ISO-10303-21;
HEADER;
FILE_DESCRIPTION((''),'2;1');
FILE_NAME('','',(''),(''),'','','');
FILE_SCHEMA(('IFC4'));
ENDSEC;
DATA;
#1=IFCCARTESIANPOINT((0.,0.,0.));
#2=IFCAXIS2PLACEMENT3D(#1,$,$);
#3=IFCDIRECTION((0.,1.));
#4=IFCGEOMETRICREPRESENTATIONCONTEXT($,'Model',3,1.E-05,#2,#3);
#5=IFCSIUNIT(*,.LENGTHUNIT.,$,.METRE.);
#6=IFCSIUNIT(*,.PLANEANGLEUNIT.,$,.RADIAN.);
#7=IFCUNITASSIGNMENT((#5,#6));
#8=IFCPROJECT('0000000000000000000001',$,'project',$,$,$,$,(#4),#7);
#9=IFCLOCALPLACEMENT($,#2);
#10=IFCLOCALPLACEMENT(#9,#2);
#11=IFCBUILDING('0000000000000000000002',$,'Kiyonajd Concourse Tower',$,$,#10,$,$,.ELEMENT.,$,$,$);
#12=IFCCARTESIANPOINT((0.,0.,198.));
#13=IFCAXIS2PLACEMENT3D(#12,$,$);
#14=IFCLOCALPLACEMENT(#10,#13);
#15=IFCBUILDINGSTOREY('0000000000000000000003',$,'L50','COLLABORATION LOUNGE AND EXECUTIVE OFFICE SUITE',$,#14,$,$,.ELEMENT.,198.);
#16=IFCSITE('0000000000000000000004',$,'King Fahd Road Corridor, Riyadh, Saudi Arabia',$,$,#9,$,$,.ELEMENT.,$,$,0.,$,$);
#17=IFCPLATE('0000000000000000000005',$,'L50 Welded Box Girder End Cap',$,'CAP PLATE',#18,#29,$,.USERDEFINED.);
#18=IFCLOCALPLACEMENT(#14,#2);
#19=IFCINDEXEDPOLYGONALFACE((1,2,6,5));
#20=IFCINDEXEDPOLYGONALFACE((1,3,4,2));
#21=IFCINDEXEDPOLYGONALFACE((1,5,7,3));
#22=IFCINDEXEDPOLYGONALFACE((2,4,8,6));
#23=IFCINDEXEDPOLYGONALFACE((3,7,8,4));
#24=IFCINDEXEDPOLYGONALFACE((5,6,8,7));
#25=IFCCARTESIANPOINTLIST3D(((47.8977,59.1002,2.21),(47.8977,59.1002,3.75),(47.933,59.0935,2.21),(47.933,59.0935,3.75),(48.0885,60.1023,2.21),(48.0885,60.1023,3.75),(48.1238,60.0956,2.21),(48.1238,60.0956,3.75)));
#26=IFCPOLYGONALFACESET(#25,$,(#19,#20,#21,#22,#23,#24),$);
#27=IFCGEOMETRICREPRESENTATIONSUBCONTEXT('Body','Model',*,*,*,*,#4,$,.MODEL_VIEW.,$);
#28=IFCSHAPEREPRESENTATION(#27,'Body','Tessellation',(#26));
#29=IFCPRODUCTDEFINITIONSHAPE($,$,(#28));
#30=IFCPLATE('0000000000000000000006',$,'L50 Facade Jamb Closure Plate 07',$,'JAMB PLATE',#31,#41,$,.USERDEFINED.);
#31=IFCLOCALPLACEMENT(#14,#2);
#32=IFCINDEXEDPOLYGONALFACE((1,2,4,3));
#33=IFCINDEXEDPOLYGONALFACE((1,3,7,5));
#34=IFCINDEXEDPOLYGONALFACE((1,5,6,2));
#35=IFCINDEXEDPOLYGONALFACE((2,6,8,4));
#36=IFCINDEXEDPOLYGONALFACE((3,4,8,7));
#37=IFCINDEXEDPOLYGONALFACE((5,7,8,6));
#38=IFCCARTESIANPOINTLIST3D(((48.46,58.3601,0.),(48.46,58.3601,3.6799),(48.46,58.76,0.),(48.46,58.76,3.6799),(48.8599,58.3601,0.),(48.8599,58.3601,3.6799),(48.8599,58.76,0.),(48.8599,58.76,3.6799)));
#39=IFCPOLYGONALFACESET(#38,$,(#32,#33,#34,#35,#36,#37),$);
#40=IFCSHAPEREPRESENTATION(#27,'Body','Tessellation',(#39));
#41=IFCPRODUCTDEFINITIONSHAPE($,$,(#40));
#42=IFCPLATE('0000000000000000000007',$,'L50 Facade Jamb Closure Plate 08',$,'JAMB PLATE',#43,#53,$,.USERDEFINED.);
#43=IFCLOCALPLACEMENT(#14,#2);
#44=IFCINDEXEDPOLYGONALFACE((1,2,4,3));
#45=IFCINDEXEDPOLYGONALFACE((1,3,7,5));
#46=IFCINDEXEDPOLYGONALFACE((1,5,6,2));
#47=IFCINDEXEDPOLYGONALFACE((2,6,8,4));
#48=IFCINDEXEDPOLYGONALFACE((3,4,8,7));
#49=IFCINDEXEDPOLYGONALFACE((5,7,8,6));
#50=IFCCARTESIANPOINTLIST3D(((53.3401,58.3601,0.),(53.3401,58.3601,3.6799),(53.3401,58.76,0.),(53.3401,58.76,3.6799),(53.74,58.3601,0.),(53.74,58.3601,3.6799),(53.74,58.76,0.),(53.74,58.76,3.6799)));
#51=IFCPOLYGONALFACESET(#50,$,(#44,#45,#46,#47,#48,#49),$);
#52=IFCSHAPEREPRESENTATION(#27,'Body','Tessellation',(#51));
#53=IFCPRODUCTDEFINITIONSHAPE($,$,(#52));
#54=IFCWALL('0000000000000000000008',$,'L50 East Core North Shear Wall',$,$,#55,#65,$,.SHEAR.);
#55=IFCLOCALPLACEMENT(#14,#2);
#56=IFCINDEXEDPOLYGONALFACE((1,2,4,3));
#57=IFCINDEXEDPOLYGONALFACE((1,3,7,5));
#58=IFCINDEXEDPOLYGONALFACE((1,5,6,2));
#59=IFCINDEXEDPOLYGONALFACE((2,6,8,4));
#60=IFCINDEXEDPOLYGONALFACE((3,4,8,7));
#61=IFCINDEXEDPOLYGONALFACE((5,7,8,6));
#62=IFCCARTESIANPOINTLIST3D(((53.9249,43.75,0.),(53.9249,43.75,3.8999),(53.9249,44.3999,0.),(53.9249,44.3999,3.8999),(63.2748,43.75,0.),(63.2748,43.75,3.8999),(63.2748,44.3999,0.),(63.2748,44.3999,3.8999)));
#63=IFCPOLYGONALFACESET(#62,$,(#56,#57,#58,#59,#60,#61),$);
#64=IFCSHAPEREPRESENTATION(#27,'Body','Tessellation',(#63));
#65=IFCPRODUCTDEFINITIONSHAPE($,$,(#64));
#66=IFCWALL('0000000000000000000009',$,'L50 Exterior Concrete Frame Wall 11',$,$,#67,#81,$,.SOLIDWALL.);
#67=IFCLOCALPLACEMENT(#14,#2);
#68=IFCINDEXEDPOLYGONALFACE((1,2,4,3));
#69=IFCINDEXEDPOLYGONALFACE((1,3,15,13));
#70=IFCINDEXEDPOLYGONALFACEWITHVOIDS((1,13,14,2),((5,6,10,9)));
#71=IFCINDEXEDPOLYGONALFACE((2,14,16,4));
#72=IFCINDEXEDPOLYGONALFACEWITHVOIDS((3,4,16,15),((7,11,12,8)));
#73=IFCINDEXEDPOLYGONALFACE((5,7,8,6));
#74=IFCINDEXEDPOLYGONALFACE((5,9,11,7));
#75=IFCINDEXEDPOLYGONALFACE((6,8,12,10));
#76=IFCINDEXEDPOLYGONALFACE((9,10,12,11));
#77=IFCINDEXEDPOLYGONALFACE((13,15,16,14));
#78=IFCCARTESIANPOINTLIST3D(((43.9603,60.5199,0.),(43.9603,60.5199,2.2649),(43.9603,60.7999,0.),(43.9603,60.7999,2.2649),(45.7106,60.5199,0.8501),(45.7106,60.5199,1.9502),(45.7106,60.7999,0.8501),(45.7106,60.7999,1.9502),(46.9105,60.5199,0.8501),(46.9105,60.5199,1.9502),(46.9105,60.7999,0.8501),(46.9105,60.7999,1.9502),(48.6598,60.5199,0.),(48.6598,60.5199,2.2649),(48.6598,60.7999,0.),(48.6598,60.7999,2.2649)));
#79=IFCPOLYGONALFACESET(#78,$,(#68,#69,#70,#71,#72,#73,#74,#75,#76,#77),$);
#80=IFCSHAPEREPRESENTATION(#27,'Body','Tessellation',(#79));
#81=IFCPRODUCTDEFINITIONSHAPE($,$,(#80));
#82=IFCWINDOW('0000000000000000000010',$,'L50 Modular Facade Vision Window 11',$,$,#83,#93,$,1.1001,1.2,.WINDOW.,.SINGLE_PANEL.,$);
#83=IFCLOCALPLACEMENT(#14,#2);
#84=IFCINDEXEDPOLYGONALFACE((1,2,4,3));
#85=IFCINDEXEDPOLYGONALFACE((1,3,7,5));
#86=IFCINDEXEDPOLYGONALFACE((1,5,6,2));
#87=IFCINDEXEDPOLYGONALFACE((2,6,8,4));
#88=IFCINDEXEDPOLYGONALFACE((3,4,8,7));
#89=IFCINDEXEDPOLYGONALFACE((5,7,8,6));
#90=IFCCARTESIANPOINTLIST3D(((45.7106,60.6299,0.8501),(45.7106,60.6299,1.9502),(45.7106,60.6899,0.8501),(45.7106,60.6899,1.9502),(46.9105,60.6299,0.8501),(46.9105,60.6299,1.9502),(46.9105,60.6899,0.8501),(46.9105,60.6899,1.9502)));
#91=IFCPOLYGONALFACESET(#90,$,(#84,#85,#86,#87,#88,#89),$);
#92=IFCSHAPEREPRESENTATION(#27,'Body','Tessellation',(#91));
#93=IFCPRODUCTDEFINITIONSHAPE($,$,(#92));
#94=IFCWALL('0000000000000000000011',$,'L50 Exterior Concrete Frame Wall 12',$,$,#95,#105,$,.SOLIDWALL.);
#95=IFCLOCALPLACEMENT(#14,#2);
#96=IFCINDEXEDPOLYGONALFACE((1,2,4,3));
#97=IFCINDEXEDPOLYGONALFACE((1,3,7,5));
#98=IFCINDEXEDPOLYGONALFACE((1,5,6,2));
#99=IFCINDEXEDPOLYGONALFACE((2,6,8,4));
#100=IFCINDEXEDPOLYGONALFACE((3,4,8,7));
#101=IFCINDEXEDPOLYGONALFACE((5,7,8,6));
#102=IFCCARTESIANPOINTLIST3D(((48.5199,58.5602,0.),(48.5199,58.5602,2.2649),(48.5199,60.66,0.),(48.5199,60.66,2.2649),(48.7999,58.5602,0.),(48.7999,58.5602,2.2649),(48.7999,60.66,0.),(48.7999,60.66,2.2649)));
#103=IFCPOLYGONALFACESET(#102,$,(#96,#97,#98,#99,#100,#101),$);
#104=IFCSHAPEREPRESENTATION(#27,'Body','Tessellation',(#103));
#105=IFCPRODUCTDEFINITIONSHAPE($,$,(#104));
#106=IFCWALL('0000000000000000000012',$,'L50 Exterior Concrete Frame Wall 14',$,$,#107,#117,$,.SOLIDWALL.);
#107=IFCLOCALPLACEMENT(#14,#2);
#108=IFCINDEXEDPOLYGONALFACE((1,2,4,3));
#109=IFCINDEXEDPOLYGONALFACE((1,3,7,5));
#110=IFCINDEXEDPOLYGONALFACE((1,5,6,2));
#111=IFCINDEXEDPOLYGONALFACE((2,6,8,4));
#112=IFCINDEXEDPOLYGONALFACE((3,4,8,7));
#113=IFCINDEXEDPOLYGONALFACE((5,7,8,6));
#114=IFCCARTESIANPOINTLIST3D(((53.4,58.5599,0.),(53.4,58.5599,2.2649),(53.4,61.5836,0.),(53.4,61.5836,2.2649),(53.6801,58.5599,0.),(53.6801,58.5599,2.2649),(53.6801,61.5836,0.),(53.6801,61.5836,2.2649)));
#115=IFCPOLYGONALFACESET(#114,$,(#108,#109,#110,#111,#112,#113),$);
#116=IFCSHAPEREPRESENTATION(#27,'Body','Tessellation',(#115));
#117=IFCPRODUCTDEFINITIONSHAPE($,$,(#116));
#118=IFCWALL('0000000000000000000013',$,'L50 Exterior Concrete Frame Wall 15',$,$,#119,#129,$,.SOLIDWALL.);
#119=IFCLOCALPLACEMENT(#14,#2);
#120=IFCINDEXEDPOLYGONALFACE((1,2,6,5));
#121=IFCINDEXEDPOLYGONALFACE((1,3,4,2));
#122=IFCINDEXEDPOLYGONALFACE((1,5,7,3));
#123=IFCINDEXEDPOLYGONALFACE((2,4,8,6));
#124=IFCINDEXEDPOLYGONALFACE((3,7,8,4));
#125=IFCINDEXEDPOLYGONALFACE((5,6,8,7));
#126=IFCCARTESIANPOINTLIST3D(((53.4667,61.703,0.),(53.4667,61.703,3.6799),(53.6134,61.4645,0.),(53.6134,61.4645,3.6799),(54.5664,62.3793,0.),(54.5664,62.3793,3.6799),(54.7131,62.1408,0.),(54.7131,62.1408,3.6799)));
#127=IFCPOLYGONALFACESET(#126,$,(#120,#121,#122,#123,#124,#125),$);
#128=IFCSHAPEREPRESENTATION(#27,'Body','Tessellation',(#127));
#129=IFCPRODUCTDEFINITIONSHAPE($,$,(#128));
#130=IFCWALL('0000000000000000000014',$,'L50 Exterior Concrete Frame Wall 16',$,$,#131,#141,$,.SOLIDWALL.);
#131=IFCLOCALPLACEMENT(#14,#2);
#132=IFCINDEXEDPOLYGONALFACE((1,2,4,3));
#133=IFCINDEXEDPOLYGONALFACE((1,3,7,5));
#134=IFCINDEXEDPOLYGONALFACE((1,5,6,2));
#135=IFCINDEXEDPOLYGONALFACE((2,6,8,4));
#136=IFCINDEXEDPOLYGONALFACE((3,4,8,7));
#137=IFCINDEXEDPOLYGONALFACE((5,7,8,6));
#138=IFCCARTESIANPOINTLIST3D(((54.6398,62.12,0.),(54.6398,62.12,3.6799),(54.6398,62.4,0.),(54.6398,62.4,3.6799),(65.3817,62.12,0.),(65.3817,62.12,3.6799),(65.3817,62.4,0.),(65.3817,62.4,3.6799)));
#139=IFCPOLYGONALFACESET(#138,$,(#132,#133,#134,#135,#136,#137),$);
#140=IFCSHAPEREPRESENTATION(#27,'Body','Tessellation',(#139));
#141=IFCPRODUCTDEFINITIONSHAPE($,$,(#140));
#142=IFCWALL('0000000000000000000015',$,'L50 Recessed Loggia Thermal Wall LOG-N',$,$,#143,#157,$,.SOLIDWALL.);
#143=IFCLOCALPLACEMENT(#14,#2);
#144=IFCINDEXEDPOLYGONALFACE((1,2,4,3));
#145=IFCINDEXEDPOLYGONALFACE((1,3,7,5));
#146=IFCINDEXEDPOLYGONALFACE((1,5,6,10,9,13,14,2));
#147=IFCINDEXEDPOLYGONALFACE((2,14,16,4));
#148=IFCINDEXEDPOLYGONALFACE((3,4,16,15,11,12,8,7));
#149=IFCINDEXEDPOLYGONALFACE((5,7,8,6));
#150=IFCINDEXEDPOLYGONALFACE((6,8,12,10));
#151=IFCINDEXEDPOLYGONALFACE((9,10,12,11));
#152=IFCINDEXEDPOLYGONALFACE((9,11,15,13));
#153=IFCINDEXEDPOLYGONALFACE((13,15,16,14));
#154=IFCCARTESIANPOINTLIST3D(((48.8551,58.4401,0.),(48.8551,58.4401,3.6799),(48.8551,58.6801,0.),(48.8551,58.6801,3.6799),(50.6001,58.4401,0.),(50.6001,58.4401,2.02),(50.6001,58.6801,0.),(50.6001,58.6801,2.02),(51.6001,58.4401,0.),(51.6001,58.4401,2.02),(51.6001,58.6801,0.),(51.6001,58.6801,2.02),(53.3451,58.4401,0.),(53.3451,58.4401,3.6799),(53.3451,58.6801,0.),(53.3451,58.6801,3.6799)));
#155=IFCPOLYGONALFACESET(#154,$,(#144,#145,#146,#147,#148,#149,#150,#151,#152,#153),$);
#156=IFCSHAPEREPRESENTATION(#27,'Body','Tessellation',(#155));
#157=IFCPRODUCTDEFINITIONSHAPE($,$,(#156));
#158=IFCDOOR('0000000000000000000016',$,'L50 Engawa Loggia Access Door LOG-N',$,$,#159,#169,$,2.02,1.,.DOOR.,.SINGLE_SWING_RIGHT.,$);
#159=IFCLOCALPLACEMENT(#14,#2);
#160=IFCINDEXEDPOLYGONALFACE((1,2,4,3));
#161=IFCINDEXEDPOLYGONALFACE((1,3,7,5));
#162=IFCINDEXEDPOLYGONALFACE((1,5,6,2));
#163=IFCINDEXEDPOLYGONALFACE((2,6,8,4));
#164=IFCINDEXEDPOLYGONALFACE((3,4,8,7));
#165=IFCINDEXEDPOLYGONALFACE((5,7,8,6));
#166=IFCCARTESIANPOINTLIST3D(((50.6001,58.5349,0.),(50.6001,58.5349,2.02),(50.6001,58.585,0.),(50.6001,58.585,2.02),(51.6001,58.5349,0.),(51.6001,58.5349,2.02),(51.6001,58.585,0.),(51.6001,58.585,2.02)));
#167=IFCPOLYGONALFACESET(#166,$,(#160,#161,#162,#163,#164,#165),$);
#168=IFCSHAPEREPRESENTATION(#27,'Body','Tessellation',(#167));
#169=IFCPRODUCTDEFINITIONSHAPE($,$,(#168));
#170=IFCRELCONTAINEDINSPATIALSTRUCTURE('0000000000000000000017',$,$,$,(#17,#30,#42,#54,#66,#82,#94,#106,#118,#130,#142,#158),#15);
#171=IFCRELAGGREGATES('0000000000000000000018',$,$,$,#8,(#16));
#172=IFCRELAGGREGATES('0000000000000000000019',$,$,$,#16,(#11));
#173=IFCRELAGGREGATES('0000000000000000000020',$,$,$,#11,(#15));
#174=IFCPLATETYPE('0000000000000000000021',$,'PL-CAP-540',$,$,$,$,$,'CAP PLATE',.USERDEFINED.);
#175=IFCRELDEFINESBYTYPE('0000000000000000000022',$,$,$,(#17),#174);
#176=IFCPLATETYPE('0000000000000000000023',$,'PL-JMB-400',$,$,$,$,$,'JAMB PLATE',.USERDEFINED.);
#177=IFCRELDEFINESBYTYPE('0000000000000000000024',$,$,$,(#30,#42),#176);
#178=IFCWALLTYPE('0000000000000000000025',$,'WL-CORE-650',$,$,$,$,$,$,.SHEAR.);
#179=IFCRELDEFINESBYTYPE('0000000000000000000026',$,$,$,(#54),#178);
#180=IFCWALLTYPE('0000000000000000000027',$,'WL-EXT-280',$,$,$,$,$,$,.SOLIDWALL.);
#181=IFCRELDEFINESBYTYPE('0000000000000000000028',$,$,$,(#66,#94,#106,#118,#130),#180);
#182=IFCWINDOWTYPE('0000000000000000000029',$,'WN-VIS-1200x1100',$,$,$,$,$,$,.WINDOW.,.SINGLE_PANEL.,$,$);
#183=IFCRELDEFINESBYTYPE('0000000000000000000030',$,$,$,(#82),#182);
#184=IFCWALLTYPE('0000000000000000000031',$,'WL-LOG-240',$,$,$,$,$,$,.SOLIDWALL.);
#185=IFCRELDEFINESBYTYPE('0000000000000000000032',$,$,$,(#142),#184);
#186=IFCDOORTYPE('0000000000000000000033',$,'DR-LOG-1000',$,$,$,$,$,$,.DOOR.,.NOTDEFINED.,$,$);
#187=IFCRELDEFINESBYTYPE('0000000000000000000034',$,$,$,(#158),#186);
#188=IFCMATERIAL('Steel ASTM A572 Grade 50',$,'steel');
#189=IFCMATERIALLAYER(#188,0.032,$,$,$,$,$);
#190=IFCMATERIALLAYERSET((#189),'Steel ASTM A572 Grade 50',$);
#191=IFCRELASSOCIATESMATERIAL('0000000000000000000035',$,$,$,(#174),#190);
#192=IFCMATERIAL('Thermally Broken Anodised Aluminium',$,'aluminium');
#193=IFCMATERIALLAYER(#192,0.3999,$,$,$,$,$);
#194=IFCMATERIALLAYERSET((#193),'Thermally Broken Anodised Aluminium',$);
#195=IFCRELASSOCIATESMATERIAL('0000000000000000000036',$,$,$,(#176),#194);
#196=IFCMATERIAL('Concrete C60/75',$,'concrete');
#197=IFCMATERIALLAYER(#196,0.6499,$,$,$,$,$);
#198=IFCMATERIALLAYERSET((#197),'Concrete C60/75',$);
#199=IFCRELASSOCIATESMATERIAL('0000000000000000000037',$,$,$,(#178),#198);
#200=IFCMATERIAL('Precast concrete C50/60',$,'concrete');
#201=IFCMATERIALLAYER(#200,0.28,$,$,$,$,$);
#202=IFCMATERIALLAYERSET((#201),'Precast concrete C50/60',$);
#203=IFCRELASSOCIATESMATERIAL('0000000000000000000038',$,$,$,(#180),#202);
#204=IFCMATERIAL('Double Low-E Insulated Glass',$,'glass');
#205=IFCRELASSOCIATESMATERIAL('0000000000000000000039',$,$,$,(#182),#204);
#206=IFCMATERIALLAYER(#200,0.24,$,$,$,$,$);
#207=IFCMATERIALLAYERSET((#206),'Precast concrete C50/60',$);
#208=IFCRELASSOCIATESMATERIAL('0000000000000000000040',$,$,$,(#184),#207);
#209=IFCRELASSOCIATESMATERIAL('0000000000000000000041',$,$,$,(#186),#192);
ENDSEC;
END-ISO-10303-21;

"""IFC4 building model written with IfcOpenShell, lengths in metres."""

from ifc_helpers import new_model, si_unit, direction, frame, frame_2d, origin, origin_2d, place, context, subcontext, project, spatial, rectangle, extrude, material, layer, layer_set, type_object, element, fill, save


model = new_model("IFC4")

# Units and contexts
model_context = context("Model", 3, precision=1e-05, world=origin(), true_north=direction((0.0, 1.0)))
body_context = subcontext(model_context, "Body", "Model", "MODEL_VIEW")
ifc_project = project(units=[si_unit("LENGTHUNIT", "METRE"), si_unit("PLANEANGLEUNIT", "RADIAN")], contexts=[model_context])

# Site, building, storey
site_placement = place(None, origin())
site = spatial("IfcSite", under=ifc_project, at=site_placement, Name="King Fahd Road Corridor, Riyadh, Saudi Arabia", CompositionType="ELEMENT", RefElevation=0.0)
building_placement = place(site_placement, origin())
building = spatial("IfcBuilding", under=site, at=building_placement, Name="Kiyonajd Concourse Tower", CompositionType="ELEMENT")
storey_placement = place(building_placement, frame((0.0, 0.0, 198.0)))
storey = spatial("IfcBuildingStorey", under=building, at=storey_placement, Name="L50", Description="COLLABORATION LOUNGE AND EXECUTIVE OFFICE SUITE", CompositionType="ELEMENT", Elevation=198.0)

# Shared definitions
ifc_material_1 = material(Name="Steel ASTM A572 Grade 50", Category="steel")

# Plates
ifc_layer_1 = layer(ifc_material_1, 0.032)
ifc_layer_set_1 = layer_set([ifc_layer_1], Name="Steel ASTM A572 Grade 50")
plate_type_1 = type_object("IfcPlateType", Name="PL-CAP-540", ElementType="CAP PLATE", PredefinedType="USERDEFINED", material=ifc_layer_set_1)
for number, where, z_axis, x_axis, name in (
    (1, (48.0107, 59.5979, 2.21), (0.0, 0.0, 1.0), (0.982353, -0.187038, 0.0), "L50 Welded Box Girder End Cap"),
):
    element("IfcPlate", number, at=place(storey_placement, frame(where, z_axis=z_axis, x_axis=x_axis)), inside=storey, type_object=plate_type_1, Name=name, ObjectType="CAP PLATE", PredefinedType="USERDEFINED", context=body_context, shape_type="SweptSolid", body=[
        extrude(rectangle(XDim=0.0359, YDim=1.02, at=origin_2d()), origin(), (0.0, 0.0, 1.0), 1.54),
    ])
ifc_material_2 = material(Name="Thermally Broken Anodised Aluminium", Category="aluminium")
ifc_layer_2 = layer(ifc_material_2, 0.3999)
ifc_layer_set_2 = layer_set([ifc_layer_2], Name="Thermally Broken Anodised Aluminium")
plate_type_2 = type_object("IfcPlateType", Name="PL-JMB-400", ElementType="JAMB PLATE", PredefinedType="USERDEFINED", material=ifc_layer_set_2)
for number, where, z_axis, x_axis, name in (
    (2, (48.6599, 58.5601, 0.0), (0.0, 0.0, 1.0), (1.0, 0.0, 0.0), "L50 Facade Jamb Closure Plate 07"),
    (3, (53.54, 58.5601, 0.0), (0.0, 0.0, 1.0), (1.0, 0.0, 0.0), "L50 Facade Jamb Closure Plate 08"),
):
    element("IfcPlate", number, at=place(storey_placement, frame(where, z_axis=z_axis, x_axis=x_axis)), inside=storey, type_object=plate_type_2, Name=name, ObjectType="JAMB PLATE", PredefinedType="USERDEFINED", context=body_context, shape_type="SweptSolid", body=[
        extrude(rectangle(XDim=0.3999, YDim=0.3999, at=origin_2d()), origin(), (0.0, 0.0, 1.0), 3.6799),
    ])

# Wall
ifc_material_3 = material(Name="Concrete C60/75", Category="concrete")
ifc_layer_3 = layer(ifc_material_3, 0.6499)
ifc_layer_set_3 = layer_set([ifc_layer_3], Name="Concrete C60/75")
wall_type_1 = type_object("IfcWallType", Name="WL-CORE-650", PredefinedType="SHEAR", material=ifc_layer_set_3)
wall_1_placement = place(storey_placement, frame((53.925, 44.075, 0.0), z_axis=(0.0, 0.0, 1.0), x_axis=(1.0, 0.0, 0.0)))
element("IfcWall", 4, at=wall_1_placement, inside=storey, type_object=wall_type_1, Name="L50 East Core North Shear Wall", PredefinedType="SHEAR", context=body_context, shape_type="SweptSolid", body=[
    extrude(rectangle(XDim=9.3499, YDim=0.6499, at=frame_2d((4.6748, 0.0))), origin(), (0.0, 0.0, 1.0), 3.8999),
])

# Wall, opening, window
ifc_material_4 = material(Name="Precast concrete C50/60", Category="concrete")
ifc_layer_4 = layer(ifc_material_4, 0.28)
ifc_layer_set_4 = layer_set([ifc_layer_4], Name="Precast concrete C50/60")
wall_type_2 = type_object("IfcWallType", Name="WL-EXT-280", PredefinedType="SOLIDWALL", material=ifc_layer_set_4)
wall_2_placement = place(storey_placement, frame((43.9604, 60.6599, 0.0), z_axis=(0.0, 0.0, 1.0), x_axis=(1.0, 0.0, 0.0)))
wall_2 = element("IfcWall", 5, at=wall_2_placement, inside=storey, type_object=wall_type_2, Name="L50 Exterior Concrete Frame Wall 11", PredefinedType="SOLIDWALL", context=body_context, shape_type="SweptSolid", body=[
    extrude(rectangle(XDim=4.6995, YDim=0.28, at=frame_2d((2.3496, 0.0))), origin(), (0.0, 0.0, 1.0), 2.2649),
])
opening_1_placement = place(wall_2_placement, frame((1.75, 0.0, 0.8501)))
opening_1 = element("IfcOpeningElement", 6, at=opening_1_placement, cuts=wall_2, PredefinedType="OPENING", context=body_context, shape_type="SweptSolid", body=[
    extrude(rectangle(XDim=1.2, YDim=1.1001, at=frame_2d((0.6001, 0.55))), frame((0.0, 0.1499, 0.0), z_axis=(0.0, -1.0, 0.0), x_axis=(1.0, 0.0, 0.0)), (0.0, 0.0, 1.0), 0.3),
])
ifc_material_5 = material(Name="Double Low-E Insulated Glass", Category="glass")
window_type = type_object("IfcWindowType", Name="WN-VIS-1200x1100", PartitioningType="SINGLE_PANEL", PredefinedType="WINDOW", material=ifc_material_5)
window_placement = place(opening_1_placement, origin())
window = element("IfcWindow", 7, at=window_placement, inside=storey, type_object=window_type, Name="L50 Modular Facade Vision Window 11", OverallHeight=1.1001, OverallWidth=1.2, PartitioningType="SINGLE_PANEL", PredefinedType="WINDOW", context=body_context, shape_type="SweptSolid", body=[
    extrude(rectangle(XDim=1.2, YDim=1.1001, at=frame_2d((0.6001, 0.55))), frame((0.0, 0.03, 0.0), z_axis=(0.0, -1.0, 0.0), x_axis=(1.0, 0.0, 0.0)), (0.0, 0.0, 1.0), 0.0601),
])
fill(opening_1, window)

# Walls
wall_3_placement = place(storey_placement, frame((48.6599, 60.6599, 0.0), z_axis=(0.0, 0.0, 1.0), x_axis=(0.0, -1.0, 0.0)))
element("IfcWall", 8, at=wall_3_placement, inside=storey, type_object=wall_type_2, Name="L50 Exterior Concrete Frame Wall 12", PredefinedType="SOLIDWALL", context=body_context, shape_type="SweptSolid", body=[
    extrude(rectangle(XDim=2.0999, YDim=0.28, at=frame_2d((1.0498, 0.0))), origin(), (0.0, 0.0, 1.0), 2.2649),
])
wall_4_placement = place(storey_placement, frame((53.54, 58.5601, 0.0), z_axis=(0.0, 0.0, 1.0), x_axis=(0.0, 1.0, 0.0)))
element("IfcWall", 9, at=wall_4_placement, inside=storey, type_object=wall_type_2, Name="L50 Exterior Concrete Frame Wall 14", PredefinedType="SOLIDWALL", context=body_context, shape_type="SweptSolid", body=[
    extrude(rectangle(XDim=3.0237, YDim=0.28, at=frame_2d((1.5117, 0.0))), origin(), (0.0, 0.0, 1.0), 2.2649),
])
wall_5_placement = place(storey_placement, frame((53.54, 61.5837, 0.0), z_axis=(0.0, 0.0, 1.0), x_axis=(0.851801, 0.523865, 0.0)))
element("IfcWall", 10, at=wall_5_placement, inside=storey, type_object=wall_type_2, Name="L50 Exterior Concrete Frame Wall 15", PredefinedType="SOLIDWALL", context=body_context, shape_type="SweptSolid", body=[
    extrude(rectangle(XDim=1.291, YDim=0.28, at=frame_2d((0.6455, 0.0))), origin(), (0.0, 0.0, 1.0), 3.6799),
])
wall_6_placement = place(storey_placement, frame((54.6396, 62.26, 0.0), z_axis=(0.0, 0.0, 1.0), x_axis=(1.0, 0.0, 0.0)))
element("IfcWall", 11, at=wall_6_placement, inside=storey, type_object=wall_type_2, Name="L50 Exterior Concrete Frame Wall 16", PredefinedType="SOLIDWALL", context=body_context, shape_type="SweptSolid", body=[
    extrude(rectangle(XDim=10.7419, YDim=0.28, at=frame_2d((5.3711, 0.0))), origin(), (0.0, 0.0, 1.0), 3.6799),
])

# Wall, opening, door
ifc_layer_5 = layer(ifc_material_4, 0.24)
ifc_layer_set_5 = layer_set([ifc_layer_5], Name="Precast concrete C50/60")
wall_type_3 = type_object("IfcWallType", Name="WL-LOG-240", PredefinedType="SOLIDWALL", material=ifc_layer_set_5)
wall_7_placement = place(storey_placement, frame((48.855, 58.5601, 0.0), z_axis=(0.0, 0.0, 1.0), x_axis=(1.0, 0.0, 0.0)))
wall_7 = element("IfcWall", 12, at=wall_7_placement, inside=storey, type_object=wall_type_3, Name="L50 Recessed Loggia Thermal Wall LOG-N", PredefinedType="SOLIDWALL", context=body_context, shape_type="SweptSolid", body=[
    extrude(rectangle(XDim=4.49, YDim=0.24, at=frame_2d((2.2451, 0.0))), origin(), (0.0, 0.0, 1.0), 3.6799),
])
opening_2_placement = place(wall_7_placement, frame((1.7451, 0.0, 0.0)))
opening_2 = element("IfcOpeningElement", 13, at=opening_2_placement, cuts=wall_7, PredefinedType="OPENING", context=body_context, shape_type="SweptSolid", body=[
    extrude(rectangle(XDim=1.0, YDim=2.02, at=frame_2d((0.5, 1.01))), frame((0.0, 0.1299, 0.0), z_axis=(0.0, -1.0, 0.0), x_axis=(1.0, 0.0, 0.0)), (0.0, 0.0, 1.0), 0.26),
])
door_type = type_object("IfcDoorType", Name="DR-LOG-1000", OperationType="NOTDEFINED", PredefinedType="DOOR", material=ifc_material_2)
door_placement = place(opening_2_placement, origin())
door = element("IfcDoor", 14, at=door_placement, inside=storey, type_object=door_type, Name="L50 Engawa Loggia Access Door LOG-N", OperationType="SINGLE_SWING_RIGHT", OverallHeight=2.02, OverallWidth=1.0, PredefinedType="DOOR", context=body_context, shape_type="SweptSolid", body=[
    extrude(rectangle(XDim=1.0, YDim=2.02, at=frame_2d((0.5, 1.01))), frame((0.0, 0.0249, 0.0), z_axis=(0.0, -1.0, 0.0), x_axis=(1.0, 0.0, 0.0)), (0.0, 0.0, 1.0), 0.05),
])
fill(opening_2, door)

save(model, "model.ifc")
